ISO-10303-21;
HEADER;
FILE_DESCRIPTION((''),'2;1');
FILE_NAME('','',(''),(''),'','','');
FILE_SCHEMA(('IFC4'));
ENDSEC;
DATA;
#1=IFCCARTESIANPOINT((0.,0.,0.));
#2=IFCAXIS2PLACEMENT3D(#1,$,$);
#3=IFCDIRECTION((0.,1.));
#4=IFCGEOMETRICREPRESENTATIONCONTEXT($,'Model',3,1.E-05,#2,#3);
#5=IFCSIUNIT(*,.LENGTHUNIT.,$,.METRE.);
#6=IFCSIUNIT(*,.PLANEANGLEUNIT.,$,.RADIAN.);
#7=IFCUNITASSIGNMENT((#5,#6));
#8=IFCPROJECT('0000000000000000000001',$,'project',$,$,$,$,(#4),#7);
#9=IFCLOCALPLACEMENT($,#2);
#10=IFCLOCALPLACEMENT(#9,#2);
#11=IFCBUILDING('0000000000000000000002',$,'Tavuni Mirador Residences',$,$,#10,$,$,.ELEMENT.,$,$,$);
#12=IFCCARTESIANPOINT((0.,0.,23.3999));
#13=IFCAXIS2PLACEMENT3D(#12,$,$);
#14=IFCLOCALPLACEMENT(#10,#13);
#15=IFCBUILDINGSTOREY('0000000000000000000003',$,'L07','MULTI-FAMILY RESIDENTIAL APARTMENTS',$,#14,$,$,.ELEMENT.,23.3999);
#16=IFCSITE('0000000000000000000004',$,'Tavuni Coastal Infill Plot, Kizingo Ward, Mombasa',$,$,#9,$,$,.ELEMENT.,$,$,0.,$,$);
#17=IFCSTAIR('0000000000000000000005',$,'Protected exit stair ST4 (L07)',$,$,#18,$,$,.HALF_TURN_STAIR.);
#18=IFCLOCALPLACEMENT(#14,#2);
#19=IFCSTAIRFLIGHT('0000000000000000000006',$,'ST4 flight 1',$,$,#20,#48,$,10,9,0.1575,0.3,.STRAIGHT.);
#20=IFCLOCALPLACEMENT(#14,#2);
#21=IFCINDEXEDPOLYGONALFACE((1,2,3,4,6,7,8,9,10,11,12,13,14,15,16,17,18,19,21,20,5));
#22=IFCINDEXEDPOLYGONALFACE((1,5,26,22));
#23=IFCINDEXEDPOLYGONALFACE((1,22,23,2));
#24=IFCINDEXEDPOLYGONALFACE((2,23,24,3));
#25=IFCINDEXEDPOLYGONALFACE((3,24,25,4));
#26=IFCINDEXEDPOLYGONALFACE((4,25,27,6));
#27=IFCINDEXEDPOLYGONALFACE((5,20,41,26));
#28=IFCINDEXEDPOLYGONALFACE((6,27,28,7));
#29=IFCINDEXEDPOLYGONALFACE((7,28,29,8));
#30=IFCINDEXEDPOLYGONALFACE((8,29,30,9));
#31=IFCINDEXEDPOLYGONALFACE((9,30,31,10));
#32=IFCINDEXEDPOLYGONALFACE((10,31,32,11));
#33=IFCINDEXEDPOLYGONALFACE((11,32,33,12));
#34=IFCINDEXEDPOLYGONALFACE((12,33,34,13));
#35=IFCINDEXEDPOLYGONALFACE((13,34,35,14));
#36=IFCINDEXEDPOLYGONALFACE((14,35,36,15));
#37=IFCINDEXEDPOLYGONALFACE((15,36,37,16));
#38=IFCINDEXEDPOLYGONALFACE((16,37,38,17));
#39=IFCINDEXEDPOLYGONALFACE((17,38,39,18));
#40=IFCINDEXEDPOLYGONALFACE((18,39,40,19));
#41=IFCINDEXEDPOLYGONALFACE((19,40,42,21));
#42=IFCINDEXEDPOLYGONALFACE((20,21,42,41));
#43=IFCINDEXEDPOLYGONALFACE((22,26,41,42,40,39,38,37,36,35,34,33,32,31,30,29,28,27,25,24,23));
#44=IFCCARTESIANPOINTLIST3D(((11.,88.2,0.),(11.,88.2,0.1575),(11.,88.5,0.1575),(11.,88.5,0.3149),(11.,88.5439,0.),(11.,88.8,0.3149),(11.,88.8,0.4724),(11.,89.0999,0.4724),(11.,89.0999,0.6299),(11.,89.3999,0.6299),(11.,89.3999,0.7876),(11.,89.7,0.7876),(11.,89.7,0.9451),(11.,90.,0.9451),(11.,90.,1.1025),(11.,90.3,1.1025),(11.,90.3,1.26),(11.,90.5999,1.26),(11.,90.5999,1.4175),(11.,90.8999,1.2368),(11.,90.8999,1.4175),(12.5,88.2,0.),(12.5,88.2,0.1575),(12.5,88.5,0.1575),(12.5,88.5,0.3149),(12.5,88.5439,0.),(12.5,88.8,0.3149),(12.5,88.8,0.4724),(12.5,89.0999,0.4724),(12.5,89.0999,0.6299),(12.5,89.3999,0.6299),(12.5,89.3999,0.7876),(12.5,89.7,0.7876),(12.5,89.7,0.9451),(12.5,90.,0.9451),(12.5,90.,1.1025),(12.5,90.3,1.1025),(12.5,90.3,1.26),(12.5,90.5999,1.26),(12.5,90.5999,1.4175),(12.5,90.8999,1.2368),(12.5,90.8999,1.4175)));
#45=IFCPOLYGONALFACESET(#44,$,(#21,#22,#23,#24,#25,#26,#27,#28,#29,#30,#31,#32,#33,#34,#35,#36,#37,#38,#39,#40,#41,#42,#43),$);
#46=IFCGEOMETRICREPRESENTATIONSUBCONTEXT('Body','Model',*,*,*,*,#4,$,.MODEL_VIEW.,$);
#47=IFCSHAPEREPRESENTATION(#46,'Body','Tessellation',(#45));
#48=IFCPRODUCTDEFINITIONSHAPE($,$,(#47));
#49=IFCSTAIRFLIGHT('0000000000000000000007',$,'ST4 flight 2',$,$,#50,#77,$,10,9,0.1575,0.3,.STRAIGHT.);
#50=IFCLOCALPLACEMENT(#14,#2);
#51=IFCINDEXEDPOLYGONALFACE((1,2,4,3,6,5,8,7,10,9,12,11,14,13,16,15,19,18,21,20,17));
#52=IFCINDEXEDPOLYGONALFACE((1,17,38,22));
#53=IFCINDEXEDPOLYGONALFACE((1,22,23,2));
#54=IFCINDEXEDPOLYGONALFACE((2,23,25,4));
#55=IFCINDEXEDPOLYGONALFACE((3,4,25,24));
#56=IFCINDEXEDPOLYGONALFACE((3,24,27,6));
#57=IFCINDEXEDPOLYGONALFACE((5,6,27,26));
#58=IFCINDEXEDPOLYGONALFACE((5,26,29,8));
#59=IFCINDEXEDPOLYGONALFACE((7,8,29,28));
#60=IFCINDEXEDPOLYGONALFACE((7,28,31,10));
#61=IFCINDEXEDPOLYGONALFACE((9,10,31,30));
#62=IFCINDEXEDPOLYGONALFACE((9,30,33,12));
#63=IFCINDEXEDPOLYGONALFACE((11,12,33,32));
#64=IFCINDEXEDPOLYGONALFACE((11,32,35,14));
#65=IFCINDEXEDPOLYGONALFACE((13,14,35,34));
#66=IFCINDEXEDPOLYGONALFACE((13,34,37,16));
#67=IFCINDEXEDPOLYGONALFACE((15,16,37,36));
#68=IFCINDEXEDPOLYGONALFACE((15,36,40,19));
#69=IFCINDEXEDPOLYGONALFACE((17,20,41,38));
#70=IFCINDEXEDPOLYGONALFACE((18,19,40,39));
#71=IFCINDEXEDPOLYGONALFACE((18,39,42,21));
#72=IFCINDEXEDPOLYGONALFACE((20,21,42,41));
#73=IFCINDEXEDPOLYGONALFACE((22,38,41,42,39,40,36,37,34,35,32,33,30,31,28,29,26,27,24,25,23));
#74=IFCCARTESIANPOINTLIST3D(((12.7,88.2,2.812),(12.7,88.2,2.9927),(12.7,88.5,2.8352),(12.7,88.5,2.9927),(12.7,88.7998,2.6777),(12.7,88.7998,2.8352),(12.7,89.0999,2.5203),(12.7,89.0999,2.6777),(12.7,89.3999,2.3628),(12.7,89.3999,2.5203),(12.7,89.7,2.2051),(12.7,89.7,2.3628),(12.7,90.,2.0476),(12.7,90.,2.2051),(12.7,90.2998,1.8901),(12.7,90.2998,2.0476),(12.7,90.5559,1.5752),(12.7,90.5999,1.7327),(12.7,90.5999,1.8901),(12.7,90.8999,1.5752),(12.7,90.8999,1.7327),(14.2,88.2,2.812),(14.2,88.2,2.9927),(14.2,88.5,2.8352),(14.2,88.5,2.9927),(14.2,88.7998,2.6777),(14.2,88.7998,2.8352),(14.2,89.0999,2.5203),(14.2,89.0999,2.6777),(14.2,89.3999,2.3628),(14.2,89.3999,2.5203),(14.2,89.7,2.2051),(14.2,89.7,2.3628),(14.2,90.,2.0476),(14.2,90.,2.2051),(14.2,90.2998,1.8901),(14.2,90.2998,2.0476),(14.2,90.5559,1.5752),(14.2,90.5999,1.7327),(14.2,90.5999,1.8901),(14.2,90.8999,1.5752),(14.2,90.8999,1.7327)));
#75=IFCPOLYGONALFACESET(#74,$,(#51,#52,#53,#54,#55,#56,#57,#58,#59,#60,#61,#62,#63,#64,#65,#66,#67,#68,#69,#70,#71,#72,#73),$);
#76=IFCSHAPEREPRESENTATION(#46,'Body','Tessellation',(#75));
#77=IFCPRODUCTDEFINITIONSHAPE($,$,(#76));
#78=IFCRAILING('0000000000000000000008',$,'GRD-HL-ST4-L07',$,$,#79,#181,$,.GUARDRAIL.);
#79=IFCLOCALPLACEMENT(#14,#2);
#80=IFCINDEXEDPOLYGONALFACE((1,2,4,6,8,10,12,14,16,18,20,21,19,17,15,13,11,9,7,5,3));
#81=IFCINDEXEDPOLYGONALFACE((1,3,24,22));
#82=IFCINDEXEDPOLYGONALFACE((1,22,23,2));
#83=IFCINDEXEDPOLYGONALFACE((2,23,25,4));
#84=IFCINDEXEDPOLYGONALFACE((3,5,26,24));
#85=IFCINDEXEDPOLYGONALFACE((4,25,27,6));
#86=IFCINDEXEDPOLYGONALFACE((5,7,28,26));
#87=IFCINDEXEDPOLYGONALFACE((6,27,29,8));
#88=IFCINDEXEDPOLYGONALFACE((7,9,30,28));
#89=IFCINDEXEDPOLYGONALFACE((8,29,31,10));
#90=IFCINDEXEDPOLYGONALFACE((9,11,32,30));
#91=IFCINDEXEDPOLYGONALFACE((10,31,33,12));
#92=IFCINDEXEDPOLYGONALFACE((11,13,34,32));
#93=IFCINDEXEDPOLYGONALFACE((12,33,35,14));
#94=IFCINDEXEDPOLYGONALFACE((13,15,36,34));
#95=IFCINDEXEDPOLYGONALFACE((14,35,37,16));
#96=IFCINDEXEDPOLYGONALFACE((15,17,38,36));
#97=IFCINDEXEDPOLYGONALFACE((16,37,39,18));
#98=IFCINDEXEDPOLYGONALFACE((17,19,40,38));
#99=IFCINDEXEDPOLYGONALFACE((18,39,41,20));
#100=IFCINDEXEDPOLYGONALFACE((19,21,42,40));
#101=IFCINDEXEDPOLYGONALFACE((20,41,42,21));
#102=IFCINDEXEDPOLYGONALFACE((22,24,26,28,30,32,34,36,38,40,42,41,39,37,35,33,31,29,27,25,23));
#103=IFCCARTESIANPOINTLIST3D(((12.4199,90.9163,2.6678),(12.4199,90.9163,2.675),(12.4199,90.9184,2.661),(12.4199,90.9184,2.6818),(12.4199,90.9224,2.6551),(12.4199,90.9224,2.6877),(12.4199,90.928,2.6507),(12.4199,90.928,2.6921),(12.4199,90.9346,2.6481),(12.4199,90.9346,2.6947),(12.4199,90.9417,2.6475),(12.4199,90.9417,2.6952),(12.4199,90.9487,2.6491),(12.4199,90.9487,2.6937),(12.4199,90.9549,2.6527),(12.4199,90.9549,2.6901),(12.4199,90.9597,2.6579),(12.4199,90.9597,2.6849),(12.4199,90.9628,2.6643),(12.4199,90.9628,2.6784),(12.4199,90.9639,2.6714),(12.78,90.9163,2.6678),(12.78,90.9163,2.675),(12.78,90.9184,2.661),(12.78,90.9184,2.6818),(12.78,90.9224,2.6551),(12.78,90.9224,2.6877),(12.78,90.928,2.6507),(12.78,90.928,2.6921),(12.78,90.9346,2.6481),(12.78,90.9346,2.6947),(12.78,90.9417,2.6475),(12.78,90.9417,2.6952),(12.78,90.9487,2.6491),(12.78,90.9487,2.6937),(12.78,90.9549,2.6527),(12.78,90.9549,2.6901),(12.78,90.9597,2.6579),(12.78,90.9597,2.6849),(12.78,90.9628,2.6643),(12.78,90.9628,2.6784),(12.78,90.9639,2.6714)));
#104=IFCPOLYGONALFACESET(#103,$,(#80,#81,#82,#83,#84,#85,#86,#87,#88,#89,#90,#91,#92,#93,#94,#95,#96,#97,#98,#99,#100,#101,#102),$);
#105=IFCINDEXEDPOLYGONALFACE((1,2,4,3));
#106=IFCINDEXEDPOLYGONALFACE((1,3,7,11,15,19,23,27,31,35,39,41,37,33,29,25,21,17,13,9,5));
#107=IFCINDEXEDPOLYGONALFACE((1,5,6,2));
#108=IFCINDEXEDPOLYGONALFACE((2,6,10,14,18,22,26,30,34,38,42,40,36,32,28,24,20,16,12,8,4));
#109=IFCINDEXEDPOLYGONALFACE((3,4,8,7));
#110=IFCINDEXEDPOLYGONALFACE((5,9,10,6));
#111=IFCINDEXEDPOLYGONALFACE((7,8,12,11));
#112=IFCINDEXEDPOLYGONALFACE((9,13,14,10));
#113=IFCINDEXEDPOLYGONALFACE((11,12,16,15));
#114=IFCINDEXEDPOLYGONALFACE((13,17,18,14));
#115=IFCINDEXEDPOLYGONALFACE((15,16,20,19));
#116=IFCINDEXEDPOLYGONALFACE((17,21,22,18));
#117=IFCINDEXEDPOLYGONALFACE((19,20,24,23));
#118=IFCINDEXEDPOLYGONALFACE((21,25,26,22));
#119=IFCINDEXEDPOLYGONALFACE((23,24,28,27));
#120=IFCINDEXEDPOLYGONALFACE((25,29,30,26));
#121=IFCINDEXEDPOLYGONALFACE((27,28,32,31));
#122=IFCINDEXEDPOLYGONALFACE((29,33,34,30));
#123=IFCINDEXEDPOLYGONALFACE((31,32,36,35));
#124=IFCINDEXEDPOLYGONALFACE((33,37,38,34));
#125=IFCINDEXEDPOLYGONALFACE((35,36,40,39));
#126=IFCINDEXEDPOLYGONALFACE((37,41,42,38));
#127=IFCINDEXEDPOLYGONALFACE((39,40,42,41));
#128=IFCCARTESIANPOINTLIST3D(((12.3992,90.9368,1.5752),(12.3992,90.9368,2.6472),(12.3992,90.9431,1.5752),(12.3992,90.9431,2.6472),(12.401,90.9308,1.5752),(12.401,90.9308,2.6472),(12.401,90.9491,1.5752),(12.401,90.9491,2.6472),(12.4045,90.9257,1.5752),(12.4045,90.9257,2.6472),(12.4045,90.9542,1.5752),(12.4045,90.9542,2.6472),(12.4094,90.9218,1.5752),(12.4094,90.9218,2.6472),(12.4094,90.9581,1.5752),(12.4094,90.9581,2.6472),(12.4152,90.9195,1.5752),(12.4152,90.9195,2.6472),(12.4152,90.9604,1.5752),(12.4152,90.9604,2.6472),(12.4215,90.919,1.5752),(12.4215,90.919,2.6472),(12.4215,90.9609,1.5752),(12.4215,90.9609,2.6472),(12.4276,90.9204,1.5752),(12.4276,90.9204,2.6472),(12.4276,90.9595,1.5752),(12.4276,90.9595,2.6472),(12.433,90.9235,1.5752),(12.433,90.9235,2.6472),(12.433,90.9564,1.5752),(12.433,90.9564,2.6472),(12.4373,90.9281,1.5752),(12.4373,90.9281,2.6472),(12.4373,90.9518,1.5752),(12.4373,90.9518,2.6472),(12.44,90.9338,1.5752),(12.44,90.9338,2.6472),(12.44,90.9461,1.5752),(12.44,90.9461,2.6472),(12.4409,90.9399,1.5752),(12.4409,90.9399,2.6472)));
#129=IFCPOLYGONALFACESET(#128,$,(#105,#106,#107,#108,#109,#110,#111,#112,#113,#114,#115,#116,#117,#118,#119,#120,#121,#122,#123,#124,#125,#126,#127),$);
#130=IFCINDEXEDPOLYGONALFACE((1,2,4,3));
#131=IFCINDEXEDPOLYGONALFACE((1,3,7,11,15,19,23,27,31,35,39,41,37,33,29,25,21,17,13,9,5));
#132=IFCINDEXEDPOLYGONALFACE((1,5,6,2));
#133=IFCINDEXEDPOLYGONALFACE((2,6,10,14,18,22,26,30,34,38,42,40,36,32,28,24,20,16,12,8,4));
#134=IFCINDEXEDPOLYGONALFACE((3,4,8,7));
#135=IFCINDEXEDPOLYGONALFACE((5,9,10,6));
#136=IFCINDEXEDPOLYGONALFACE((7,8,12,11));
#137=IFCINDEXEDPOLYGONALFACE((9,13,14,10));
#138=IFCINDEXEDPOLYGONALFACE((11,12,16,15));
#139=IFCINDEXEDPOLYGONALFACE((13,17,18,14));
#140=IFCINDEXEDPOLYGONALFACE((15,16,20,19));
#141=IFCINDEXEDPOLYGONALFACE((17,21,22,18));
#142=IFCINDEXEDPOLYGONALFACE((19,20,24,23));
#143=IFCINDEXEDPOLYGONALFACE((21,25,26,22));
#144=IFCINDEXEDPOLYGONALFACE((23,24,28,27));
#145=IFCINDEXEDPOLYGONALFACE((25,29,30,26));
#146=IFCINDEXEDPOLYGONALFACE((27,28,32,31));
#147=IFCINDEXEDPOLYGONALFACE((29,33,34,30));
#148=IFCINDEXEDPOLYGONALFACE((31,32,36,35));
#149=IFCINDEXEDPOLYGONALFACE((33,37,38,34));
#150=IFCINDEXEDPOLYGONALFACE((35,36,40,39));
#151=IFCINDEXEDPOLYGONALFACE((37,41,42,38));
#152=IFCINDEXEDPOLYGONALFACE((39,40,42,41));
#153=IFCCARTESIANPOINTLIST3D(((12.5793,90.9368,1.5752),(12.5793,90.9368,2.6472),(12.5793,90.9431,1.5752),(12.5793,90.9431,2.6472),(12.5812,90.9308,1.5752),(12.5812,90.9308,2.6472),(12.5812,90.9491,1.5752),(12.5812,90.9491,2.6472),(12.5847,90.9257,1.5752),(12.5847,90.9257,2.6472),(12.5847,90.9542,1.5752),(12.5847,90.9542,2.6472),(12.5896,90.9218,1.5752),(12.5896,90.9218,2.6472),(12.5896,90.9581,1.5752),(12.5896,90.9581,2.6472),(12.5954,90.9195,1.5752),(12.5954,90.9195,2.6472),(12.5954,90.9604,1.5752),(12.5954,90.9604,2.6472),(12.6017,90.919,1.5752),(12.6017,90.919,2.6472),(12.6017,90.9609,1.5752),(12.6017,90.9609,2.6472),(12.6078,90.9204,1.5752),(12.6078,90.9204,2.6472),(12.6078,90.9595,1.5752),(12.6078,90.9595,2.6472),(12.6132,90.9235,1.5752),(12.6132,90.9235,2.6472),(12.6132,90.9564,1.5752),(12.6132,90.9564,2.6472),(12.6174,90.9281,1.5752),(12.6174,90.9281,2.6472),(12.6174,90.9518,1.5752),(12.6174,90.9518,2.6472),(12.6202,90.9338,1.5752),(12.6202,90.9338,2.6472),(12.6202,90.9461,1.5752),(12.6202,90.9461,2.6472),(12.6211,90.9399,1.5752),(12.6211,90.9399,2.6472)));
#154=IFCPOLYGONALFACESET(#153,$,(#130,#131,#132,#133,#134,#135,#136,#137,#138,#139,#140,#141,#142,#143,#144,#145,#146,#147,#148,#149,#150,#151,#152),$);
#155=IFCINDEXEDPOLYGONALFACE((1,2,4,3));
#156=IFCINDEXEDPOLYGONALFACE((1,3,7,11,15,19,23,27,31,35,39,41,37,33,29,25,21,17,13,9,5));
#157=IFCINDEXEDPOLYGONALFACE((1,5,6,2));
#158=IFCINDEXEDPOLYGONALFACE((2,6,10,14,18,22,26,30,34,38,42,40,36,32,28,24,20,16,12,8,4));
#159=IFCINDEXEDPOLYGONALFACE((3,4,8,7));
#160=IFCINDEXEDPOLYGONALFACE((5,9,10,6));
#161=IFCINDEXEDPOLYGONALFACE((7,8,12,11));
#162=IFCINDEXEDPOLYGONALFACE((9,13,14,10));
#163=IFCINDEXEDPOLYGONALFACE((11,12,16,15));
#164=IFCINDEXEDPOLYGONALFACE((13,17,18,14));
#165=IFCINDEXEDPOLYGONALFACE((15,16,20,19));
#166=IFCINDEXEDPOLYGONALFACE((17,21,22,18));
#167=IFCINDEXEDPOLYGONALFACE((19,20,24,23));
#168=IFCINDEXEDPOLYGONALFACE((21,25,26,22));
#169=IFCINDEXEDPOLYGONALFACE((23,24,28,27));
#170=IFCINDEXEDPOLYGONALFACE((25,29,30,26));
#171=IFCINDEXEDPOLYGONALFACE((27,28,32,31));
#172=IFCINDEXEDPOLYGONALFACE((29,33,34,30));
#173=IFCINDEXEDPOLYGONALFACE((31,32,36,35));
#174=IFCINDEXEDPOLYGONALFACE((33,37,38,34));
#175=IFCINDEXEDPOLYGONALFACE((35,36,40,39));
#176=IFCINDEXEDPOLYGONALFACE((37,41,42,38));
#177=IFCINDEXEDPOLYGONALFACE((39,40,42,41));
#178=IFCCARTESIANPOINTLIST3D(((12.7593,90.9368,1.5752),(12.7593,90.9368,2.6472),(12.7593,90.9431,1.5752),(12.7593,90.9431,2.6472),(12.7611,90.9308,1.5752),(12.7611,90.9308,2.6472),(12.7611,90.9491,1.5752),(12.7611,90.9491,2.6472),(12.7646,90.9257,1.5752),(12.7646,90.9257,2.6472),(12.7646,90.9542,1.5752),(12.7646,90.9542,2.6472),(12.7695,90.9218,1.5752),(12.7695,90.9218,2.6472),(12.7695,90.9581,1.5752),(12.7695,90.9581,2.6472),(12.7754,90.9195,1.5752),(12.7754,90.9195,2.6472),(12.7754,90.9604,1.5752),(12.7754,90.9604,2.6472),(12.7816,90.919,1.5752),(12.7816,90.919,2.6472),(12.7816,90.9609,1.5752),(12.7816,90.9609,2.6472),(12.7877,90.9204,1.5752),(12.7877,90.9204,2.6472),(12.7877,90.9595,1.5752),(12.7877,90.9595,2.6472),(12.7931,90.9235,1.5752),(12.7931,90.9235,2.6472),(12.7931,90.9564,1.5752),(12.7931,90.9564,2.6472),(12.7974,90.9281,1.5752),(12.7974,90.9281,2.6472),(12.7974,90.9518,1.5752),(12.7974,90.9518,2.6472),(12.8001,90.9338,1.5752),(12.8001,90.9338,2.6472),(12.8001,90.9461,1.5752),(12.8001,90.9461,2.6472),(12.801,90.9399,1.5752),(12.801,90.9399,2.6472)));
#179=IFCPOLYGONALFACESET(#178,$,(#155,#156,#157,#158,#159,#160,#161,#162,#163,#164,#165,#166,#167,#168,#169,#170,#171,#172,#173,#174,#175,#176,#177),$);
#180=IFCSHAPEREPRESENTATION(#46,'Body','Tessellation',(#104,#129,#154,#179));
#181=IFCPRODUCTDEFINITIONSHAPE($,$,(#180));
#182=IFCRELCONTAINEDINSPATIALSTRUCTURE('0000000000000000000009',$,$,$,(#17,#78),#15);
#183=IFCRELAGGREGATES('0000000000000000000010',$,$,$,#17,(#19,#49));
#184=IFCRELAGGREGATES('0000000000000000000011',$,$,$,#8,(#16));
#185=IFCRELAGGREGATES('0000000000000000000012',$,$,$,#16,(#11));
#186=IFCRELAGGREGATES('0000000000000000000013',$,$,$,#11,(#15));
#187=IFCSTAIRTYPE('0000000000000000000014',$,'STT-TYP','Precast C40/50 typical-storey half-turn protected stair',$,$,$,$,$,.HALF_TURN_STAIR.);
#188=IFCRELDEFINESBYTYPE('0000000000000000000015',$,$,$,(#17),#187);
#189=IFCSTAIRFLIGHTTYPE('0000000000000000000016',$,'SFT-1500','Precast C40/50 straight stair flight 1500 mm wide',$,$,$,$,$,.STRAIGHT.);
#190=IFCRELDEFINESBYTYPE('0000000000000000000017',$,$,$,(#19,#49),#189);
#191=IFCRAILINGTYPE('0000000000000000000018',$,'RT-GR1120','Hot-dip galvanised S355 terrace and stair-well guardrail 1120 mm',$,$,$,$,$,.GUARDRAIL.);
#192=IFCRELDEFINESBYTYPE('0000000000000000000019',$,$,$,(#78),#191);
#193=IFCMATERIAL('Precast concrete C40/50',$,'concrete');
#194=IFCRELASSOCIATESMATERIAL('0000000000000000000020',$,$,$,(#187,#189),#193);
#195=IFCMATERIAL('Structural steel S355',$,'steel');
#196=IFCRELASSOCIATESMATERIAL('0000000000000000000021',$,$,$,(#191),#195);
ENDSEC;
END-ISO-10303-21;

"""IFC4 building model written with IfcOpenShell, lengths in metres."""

from ifc_helpers import new_model, si_unit, direction, frame, origin, origin_2d, place, context, subcontext, project, spatial, polyline, circle, outline, extrude, material, type_object, element, aggregate, save


model = new_model("IFC4")

# Units and contexts
model_context = context("Model", 3, precision=1e-05, world=origin(), true_north=direction((0.0, 1.0)))
body_context = subcontext(model_context, "Body", "Model", "MODEL_VIEW")
ifc_project = project(units=[si_unit("LENGTHUNIT", "METRE"), si_unit("PLANEANGLEUNIT", "RADIAN")], contexts=[model_context])

# Site, building, storey
site_placement = place(None, origin())
site = spatial("IfcSite", under=ifc_project, at=site_placement, Name="Tavuni Coastal Infill Plot, Kizingo Ward, Mombasa", CompositionType="ELEMENT", RefElevation=0.0)
building_placement = place(site_placement, origin())
building = spatial("IfcBuilding", under=site, at=building_placement, Name="Tavuni Mirador Residences", CompositionType="ELEMENT")
storey_placement = place(building_placement, frame((0.0, 0.0, 23.3999)))
storey = spatial("IfcBuildingStorey", under=building, at=storey_placement, Name="L07", Description="MULTI-FAMILY RESIDENTIAL APARTMENTS", CompositionType="ELEMENT", Elevation=23.3999)

# Shared definitions
ifc_material_1 = material(Name="Precast concrete C40/50", Category="concrete")

# Shared definitions
ifc_material_2 = material(Name="Structural steel S355", Category="steel")

# Stair, stair flights
stair_type = type_object("IfcStairType", Name="STT-TYP", Description="Precast C40/50 typical-storey half-turn protected stair", PredefinedType="HALF_TURN_STAIR", material=ifc_material_1)
stair_placement = place(storey_placement, origin())
stair = element("IfcStair", 1, at=stair_placement, inside=storey, type_object=stair_type, Name="Protected exit stair ST4 (L07)", PredefinedType="HALF_TURN_STAIR")
stair_flight_type = type_object("IfcStairFlightType", Name="SFT-1500", Description="Precast C40/50 straight stair flight 1500 mm wide", PredefinedType="STRAIGHT", material=ifc_material_1)
stair_flight_1_placement = place(storey_placement, frame((11.75, 88.2, 0.0), z_axis=(0.0, 0.0, 1.0), x_axis=(0.0, 1.0, 0.0)))
stair_flight_1 = element("IfcStairFlight", 2, at=stair_flight_1_placement, type_object=stair_flight_type, Name="ST4 flight 1", NumberOfRisers=10, NumberOfTreads=9, PredefinedType="STRAIGHT", RiserHeight=0.1575, TreadLength=0.3, context=body_context, shape_type="SweptSolid", body=[
    extrude(outline(polyline([(0.0, 0.0), (0.0, 0.1575), (0.3, 0.1575), (0.3, 0.3149), (0.6001, 0.3149), (0.6001, 0.4724), (0.8999, 0.4724), (0.8999, 0.6299), (1.2, 0.6299), (1.2, 0.7876), (1.5, 0.7876), (1.5, 0.9451), (1.8, 0.9451), (1.8, 1.1025), (2.1001, 1.1025), (2.1001, 1.26), (2.3999, 1.26), (2.3999, 1.4175), (2.7, 1.4175), (2.7, 1.575), (2.7, 1.2368), (0.344, 0.0), (0.0, 0.0)])), frame((0.0, 0.75, 0.0), z_axis=(0.0, -1.0, 0.0), x_axis=(1.0, 0.0, 0.0)), (0.0, 0.0, 1.0), 1.5),
])
stair_flight_2_placement = place(storey_placement, frame((13.45, 90.8999, 1.5752), z_axis=(0.0, 0.0, 1.0), x_axis=(0.0, -1.0, 0.0)))
stair_flight_2 = element("IfcStairFlight", 3, at=stair_flight_2_placement, type_object=stair_flight_type, Name="ST4 flight 2", NumberOfRisers=10, NumberOfTreads=9, PredefinedType="STRAIGHT", RiserHeight=0.1575, TreadLength=0.3, context=body_context, shape_type="SweptSolid", body=[
    extrude(outline(polyline([(0.0, 0.0), (0.0, 0.1575), (0.3, 0.1575), (0.3, 0.3149), (0.6001, 0.3149), (0.6001, 0.4724), (0.8999, 0.4724), (0.8999, 0.6299), (1.2, 0.6299), (1.2, 0.7876), (1.5, 0.7876), (1.5, 0.9451), (1.8, 0.9451), (1.8, 1.1025), (2.1001, 1.1025), (2.1001, 1.26), (2.3999, 1.26), (2.3999, 1.4175), (2.7, 1.4175), (2.7, 1.575), (2.7, 1.2368), (0.344, 0.0), (0.0, 0.0)])), frame((0.0, 0.75, 0.0), z_axis=(0.0, -1.0, 0.0), x_axis=(1.0, 0.0, 0.0)), (0.0, 0.0, 1.0), 1.5),
])
aggregate(stair, [stair_flight_1, stair_flight_2])

# Railing
railing_type_1 = type_object("IfcRailingType", Name="RT-GR1120", Description="Hot-dip galvanised S355 terrace and stair-well guardrail 1120 mm", PredefinedType="GUARDRAIL", material=ifc_material_2)
railing_1_placement = place(storey_placement, frame((12.4199, 90.9399, 1.5752)))
element("IfcRailing", 4, at=railing_1_placement, inside=storey, type_object=railing_type_1, Name="GRD-HL-ST4-L07", PredefinedType="GUARDRAIL", context=body_context, shape_type="SweptSolid", body=[
    extrude(circle(Radius=0.0239, at=origin_2d()), frame((0.0, 0.0, 1.0962), z_axis=(1.0, 0.0, 0.0), x_axis=(0.0, 1.0, 0.0)), (0.0, 0.0, 1.0), 0.3601),
    extrude(circle(Radius=0.021, at=origin_2d()), origin(), (0.0, 0.0, 1.0), 1.072),
    extrude(circle(Radius=0.021, at=origin_2d()), frame((0.1802, 0.0, 0.0)), (0.0, 0.0, 1.0), 1.072),
    extrude(circle(Radius=0.021, at=origin_2d()), frame((0.3601, 0.0, 0.0)), (0.0, 0.0, 1.0), 1.072),
])

save(model, "model.ifc")
